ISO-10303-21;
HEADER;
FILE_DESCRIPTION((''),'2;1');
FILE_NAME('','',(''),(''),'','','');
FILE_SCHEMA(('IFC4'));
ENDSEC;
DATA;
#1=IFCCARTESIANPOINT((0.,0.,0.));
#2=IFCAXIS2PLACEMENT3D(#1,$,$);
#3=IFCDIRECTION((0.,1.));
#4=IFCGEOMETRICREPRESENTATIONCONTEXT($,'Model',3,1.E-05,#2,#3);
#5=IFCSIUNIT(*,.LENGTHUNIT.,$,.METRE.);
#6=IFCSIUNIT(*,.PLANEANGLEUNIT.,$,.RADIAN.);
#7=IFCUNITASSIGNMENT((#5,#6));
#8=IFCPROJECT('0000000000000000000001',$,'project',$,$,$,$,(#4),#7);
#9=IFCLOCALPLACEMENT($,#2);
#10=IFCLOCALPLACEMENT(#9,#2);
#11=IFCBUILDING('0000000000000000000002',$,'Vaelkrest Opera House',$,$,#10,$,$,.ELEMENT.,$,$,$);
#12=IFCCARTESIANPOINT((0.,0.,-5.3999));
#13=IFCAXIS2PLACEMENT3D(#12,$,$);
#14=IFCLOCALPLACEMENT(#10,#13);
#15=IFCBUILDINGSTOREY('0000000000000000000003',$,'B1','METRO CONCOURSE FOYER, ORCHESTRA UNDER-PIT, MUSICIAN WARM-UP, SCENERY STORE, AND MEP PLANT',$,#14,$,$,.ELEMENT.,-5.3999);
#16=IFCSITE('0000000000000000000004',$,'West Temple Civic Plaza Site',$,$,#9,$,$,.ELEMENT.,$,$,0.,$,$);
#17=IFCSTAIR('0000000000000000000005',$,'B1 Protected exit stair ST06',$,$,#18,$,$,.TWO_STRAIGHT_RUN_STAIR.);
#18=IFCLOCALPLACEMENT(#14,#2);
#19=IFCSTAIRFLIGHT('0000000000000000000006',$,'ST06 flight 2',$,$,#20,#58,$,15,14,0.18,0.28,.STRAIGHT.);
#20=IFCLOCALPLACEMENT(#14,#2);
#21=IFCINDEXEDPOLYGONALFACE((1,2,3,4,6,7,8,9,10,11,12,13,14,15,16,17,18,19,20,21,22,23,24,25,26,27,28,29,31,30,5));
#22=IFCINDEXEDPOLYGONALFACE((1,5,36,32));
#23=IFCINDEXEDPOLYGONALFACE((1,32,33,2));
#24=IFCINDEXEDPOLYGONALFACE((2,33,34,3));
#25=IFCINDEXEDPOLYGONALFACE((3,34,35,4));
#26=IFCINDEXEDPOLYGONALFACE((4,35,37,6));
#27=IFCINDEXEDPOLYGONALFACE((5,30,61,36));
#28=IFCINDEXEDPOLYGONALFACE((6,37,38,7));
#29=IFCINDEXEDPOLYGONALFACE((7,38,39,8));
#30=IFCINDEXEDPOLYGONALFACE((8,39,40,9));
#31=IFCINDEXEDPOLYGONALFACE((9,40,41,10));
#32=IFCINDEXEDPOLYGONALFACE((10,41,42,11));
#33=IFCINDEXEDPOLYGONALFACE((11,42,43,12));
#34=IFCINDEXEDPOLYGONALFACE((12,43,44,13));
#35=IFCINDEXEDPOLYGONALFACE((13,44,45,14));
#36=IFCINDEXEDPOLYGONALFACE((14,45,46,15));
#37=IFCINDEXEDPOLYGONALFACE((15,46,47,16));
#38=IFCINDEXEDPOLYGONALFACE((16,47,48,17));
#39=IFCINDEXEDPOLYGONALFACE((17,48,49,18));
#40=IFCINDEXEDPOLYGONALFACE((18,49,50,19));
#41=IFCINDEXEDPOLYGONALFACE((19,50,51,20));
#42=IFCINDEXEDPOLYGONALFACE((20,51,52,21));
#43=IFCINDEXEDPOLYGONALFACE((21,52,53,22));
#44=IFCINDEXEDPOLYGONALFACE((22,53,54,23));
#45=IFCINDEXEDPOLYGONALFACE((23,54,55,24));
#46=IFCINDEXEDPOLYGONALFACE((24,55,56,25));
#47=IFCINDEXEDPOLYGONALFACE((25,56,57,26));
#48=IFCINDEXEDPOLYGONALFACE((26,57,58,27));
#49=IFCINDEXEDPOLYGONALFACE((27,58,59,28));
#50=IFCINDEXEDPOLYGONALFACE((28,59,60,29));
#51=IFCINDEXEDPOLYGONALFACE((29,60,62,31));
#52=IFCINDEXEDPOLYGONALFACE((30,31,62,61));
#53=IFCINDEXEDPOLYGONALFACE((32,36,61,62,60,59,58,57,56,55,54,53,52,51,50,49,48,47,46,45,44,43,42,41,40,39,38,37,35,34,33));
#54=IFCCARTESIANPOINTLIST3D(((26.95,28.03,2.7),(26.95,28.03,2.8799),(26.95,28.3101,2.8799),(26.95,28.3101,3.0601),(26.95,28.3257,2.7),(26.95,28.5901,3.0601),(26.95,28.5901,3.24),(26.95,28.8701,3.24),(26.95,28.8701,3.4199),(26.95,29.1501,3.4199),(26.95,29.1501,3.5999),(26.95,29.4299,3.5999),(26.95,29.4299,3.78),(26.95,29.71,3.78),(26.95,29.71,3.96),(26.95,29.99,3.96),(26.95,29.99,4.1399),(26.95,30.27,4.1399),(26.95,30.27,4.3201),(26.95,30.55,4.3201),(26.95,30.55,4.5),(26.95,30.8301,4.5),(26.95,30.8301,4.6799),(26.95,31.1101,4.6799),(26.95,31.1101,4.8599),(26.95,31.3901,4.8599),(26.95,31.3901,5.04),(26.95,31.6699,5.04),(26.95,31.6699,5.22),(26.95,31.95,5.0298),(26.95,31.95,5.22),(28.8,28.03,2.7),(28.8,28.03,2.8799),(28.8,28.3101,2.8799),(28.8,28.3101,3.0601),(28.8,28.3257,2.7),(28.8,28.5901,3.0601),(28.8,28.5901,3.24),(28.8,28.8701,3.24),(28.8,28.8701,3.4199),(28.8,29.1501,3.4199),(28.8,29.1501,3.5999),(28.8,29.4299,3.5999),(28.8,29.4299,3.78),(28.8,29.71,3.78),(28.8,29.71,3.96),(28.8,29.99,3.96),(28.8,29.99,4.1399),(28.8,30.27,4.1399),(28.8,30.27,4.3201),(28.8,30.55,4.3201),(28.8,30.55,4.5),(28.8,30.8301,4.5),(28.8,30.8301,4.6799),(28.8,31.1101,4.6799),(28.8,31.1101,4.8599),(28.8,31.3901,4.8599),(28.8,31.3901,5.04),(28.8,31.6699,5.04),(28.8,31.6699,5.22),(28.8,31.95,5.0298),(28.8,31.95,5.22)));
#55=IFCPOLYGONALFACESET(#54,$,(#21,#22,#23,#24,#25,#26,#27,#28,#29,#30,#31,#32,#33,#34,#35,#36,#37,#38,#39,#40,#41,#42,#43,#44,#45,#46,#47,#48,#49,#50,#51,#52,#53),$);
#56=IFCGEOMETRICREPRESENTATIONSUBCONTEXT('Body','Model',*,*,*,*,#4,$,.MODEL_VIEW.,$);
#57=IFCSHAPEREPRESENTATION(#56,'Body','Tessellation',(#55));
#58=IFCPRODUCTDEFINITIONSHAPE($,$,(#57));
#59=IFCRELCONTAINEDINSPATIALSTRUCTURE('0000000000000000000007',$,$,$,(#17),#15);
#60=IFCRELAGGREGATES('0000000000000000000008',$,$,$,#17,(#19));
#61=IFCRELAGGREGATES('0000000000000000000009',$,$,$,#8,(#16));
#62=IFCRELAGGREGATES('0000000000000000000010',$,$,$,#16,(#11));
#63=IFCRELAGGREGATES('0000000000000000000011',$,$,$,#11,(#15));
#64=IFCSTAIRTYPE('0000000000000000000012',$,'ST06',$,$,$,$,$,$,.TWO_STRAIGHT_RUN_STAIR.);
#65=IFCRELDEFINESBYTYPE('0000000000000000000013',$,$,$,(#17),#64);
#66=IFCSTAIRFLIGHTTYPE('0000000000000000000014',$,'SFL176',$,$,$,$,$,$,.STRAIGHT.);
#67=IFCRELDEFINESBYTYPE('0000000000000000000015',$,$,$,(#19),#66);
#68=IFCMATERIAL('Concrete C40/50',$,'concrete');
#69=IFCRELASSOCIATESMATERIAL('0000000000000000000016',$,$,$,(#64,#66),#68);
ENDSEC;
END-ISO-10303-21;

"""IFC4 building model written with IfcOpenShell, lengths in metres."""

from ifc_helpers import new_model, si_unit, direction, frame, origin, place, context, subcontext, project, spatial, polyline, outline, extrude, material, type_object, element, aggregate, save


model = new_model("IFC4")

# Units and contexts
model_context = context("Model", 3, precision=1e-05, world=origin(), true_north=direction((0.0, 1.0)))
body_context = subcontext(model_context, "Body", "Model", "MODEL_VIEW")
ifc_project = project(units=[si_unit("LENGTHUNIT", "METRE"), si_unit("PLANEANGLEUNIT", "RADIAN")], contexts=[model_context])

# Site, building, storey
site_placement = place(None, origin())
site = spatial("IfcSite", under=ifc_project, at=site_placement, Name="West Temple Civic Plaza Site", CompositionType="ELEMENT", RefElevation=0.0)
building_placement = place(site_placement, origin())
building = spatial("IfcBuilding", under=site, at=building_placement, Name="Vaelkrest Opera House", CompositionType="ELEMENT")
storey_placement = place(building_placement, frame((0.0, 0.0, -5.3999)))
storey = spatial("IfcBuildingStorey", under=building, at=storey_placement, Name="B1", Description="METRO CONCOURSE FOYER, ORCHESTRA UNDER-PIT, MUSICIAN WARM-UP, SCENERY STORE, AND MEP PLANT", CompositionType="ELEMENT", Elevation=-5.3999)

# Shared definitions
ifc_material_1 = material(Name="Concrete C40/50", Category="concrete")

# Stair, stair flight
stair_type = type_object("IfcStairType", Name="ST06", PredefinedType="TWO_STRAIGHT_RUN_STAIR", material=ifc_material_1)
stair_placement = place(storey_placement, origin())
stair = element("IfcStair", 1, at=stair_placement, inside=storey, type_object=stair_type, Name="B1 Protected exit stair ST06", PredefinedType="TWO_STRAIGHT_RUN_STAIR")
stair_flight_type = type_object("IfcStairFlightType", Name="SFL176", PredefinedType="STRAIGHT", material=ifc_material_1)
stair_flight_1_placement = place(storey_placement, frame((27.875, 28.03, 2.7), z_axis=(0.0, 0.0, 1.0), x_axis=(0.0, 1.0, 0.0)))
stair_flight_1 = element("IfcStairFlight", 2, at=stair_flight_1_placement, type_object=stair_flight_type, Name="ST06 flight 2", NumberOfRisers=15, NumberOfTreads=14, PredefinedType="STRAIGHT", RiserHeight=0.18, TreadLength=0.28, context=body_context, shape_type="SweptSolid", body=[
    extrude(outline(polyline([(0.0, 0.0), (0.0, 0.1799), (0.28, 0.1799), (0.28, 0.3601), (0.5601, 0.3601), (0.5601, 0.54), (0.8401, 0.54), (0.8401, 0.72), (1.1201, 0.72), (1.1201, 0.8999), (1.3999, 0.8999), (1.3999, 1.0801), (1.6799, 1.0801), (1.6799, 1.26), (1.96, 1.26), (1.96, 1.4399), (2.24, 1.4399), (2.24, 1.6201), (2.52, 1.6201), (2.52, 1.8), (2.8, 1.8), (2.8, 1.98), (3.0801, 1.98), (3.0801, 2.1599), (3.3601, 2.1599), (3.3601, 2.3401), (3.6399, 2.3401), (3.6399, 2.52), (3.9199, 2.52), (3.9199, 2.7), (3.9199, 2.3298), (0.2957, 0.0), (0.0, 0.0)])), frame((0.0, 0.925, 0.0), z_axis=(0.0, -1.0, 0.0), x_axis=(1.0, 0.0, 0.0)), (0.0, 0.0, 1.0), 1.8501),
])
aggregate(stair, [stair_flight_1])

save(model, "model.ifc")
